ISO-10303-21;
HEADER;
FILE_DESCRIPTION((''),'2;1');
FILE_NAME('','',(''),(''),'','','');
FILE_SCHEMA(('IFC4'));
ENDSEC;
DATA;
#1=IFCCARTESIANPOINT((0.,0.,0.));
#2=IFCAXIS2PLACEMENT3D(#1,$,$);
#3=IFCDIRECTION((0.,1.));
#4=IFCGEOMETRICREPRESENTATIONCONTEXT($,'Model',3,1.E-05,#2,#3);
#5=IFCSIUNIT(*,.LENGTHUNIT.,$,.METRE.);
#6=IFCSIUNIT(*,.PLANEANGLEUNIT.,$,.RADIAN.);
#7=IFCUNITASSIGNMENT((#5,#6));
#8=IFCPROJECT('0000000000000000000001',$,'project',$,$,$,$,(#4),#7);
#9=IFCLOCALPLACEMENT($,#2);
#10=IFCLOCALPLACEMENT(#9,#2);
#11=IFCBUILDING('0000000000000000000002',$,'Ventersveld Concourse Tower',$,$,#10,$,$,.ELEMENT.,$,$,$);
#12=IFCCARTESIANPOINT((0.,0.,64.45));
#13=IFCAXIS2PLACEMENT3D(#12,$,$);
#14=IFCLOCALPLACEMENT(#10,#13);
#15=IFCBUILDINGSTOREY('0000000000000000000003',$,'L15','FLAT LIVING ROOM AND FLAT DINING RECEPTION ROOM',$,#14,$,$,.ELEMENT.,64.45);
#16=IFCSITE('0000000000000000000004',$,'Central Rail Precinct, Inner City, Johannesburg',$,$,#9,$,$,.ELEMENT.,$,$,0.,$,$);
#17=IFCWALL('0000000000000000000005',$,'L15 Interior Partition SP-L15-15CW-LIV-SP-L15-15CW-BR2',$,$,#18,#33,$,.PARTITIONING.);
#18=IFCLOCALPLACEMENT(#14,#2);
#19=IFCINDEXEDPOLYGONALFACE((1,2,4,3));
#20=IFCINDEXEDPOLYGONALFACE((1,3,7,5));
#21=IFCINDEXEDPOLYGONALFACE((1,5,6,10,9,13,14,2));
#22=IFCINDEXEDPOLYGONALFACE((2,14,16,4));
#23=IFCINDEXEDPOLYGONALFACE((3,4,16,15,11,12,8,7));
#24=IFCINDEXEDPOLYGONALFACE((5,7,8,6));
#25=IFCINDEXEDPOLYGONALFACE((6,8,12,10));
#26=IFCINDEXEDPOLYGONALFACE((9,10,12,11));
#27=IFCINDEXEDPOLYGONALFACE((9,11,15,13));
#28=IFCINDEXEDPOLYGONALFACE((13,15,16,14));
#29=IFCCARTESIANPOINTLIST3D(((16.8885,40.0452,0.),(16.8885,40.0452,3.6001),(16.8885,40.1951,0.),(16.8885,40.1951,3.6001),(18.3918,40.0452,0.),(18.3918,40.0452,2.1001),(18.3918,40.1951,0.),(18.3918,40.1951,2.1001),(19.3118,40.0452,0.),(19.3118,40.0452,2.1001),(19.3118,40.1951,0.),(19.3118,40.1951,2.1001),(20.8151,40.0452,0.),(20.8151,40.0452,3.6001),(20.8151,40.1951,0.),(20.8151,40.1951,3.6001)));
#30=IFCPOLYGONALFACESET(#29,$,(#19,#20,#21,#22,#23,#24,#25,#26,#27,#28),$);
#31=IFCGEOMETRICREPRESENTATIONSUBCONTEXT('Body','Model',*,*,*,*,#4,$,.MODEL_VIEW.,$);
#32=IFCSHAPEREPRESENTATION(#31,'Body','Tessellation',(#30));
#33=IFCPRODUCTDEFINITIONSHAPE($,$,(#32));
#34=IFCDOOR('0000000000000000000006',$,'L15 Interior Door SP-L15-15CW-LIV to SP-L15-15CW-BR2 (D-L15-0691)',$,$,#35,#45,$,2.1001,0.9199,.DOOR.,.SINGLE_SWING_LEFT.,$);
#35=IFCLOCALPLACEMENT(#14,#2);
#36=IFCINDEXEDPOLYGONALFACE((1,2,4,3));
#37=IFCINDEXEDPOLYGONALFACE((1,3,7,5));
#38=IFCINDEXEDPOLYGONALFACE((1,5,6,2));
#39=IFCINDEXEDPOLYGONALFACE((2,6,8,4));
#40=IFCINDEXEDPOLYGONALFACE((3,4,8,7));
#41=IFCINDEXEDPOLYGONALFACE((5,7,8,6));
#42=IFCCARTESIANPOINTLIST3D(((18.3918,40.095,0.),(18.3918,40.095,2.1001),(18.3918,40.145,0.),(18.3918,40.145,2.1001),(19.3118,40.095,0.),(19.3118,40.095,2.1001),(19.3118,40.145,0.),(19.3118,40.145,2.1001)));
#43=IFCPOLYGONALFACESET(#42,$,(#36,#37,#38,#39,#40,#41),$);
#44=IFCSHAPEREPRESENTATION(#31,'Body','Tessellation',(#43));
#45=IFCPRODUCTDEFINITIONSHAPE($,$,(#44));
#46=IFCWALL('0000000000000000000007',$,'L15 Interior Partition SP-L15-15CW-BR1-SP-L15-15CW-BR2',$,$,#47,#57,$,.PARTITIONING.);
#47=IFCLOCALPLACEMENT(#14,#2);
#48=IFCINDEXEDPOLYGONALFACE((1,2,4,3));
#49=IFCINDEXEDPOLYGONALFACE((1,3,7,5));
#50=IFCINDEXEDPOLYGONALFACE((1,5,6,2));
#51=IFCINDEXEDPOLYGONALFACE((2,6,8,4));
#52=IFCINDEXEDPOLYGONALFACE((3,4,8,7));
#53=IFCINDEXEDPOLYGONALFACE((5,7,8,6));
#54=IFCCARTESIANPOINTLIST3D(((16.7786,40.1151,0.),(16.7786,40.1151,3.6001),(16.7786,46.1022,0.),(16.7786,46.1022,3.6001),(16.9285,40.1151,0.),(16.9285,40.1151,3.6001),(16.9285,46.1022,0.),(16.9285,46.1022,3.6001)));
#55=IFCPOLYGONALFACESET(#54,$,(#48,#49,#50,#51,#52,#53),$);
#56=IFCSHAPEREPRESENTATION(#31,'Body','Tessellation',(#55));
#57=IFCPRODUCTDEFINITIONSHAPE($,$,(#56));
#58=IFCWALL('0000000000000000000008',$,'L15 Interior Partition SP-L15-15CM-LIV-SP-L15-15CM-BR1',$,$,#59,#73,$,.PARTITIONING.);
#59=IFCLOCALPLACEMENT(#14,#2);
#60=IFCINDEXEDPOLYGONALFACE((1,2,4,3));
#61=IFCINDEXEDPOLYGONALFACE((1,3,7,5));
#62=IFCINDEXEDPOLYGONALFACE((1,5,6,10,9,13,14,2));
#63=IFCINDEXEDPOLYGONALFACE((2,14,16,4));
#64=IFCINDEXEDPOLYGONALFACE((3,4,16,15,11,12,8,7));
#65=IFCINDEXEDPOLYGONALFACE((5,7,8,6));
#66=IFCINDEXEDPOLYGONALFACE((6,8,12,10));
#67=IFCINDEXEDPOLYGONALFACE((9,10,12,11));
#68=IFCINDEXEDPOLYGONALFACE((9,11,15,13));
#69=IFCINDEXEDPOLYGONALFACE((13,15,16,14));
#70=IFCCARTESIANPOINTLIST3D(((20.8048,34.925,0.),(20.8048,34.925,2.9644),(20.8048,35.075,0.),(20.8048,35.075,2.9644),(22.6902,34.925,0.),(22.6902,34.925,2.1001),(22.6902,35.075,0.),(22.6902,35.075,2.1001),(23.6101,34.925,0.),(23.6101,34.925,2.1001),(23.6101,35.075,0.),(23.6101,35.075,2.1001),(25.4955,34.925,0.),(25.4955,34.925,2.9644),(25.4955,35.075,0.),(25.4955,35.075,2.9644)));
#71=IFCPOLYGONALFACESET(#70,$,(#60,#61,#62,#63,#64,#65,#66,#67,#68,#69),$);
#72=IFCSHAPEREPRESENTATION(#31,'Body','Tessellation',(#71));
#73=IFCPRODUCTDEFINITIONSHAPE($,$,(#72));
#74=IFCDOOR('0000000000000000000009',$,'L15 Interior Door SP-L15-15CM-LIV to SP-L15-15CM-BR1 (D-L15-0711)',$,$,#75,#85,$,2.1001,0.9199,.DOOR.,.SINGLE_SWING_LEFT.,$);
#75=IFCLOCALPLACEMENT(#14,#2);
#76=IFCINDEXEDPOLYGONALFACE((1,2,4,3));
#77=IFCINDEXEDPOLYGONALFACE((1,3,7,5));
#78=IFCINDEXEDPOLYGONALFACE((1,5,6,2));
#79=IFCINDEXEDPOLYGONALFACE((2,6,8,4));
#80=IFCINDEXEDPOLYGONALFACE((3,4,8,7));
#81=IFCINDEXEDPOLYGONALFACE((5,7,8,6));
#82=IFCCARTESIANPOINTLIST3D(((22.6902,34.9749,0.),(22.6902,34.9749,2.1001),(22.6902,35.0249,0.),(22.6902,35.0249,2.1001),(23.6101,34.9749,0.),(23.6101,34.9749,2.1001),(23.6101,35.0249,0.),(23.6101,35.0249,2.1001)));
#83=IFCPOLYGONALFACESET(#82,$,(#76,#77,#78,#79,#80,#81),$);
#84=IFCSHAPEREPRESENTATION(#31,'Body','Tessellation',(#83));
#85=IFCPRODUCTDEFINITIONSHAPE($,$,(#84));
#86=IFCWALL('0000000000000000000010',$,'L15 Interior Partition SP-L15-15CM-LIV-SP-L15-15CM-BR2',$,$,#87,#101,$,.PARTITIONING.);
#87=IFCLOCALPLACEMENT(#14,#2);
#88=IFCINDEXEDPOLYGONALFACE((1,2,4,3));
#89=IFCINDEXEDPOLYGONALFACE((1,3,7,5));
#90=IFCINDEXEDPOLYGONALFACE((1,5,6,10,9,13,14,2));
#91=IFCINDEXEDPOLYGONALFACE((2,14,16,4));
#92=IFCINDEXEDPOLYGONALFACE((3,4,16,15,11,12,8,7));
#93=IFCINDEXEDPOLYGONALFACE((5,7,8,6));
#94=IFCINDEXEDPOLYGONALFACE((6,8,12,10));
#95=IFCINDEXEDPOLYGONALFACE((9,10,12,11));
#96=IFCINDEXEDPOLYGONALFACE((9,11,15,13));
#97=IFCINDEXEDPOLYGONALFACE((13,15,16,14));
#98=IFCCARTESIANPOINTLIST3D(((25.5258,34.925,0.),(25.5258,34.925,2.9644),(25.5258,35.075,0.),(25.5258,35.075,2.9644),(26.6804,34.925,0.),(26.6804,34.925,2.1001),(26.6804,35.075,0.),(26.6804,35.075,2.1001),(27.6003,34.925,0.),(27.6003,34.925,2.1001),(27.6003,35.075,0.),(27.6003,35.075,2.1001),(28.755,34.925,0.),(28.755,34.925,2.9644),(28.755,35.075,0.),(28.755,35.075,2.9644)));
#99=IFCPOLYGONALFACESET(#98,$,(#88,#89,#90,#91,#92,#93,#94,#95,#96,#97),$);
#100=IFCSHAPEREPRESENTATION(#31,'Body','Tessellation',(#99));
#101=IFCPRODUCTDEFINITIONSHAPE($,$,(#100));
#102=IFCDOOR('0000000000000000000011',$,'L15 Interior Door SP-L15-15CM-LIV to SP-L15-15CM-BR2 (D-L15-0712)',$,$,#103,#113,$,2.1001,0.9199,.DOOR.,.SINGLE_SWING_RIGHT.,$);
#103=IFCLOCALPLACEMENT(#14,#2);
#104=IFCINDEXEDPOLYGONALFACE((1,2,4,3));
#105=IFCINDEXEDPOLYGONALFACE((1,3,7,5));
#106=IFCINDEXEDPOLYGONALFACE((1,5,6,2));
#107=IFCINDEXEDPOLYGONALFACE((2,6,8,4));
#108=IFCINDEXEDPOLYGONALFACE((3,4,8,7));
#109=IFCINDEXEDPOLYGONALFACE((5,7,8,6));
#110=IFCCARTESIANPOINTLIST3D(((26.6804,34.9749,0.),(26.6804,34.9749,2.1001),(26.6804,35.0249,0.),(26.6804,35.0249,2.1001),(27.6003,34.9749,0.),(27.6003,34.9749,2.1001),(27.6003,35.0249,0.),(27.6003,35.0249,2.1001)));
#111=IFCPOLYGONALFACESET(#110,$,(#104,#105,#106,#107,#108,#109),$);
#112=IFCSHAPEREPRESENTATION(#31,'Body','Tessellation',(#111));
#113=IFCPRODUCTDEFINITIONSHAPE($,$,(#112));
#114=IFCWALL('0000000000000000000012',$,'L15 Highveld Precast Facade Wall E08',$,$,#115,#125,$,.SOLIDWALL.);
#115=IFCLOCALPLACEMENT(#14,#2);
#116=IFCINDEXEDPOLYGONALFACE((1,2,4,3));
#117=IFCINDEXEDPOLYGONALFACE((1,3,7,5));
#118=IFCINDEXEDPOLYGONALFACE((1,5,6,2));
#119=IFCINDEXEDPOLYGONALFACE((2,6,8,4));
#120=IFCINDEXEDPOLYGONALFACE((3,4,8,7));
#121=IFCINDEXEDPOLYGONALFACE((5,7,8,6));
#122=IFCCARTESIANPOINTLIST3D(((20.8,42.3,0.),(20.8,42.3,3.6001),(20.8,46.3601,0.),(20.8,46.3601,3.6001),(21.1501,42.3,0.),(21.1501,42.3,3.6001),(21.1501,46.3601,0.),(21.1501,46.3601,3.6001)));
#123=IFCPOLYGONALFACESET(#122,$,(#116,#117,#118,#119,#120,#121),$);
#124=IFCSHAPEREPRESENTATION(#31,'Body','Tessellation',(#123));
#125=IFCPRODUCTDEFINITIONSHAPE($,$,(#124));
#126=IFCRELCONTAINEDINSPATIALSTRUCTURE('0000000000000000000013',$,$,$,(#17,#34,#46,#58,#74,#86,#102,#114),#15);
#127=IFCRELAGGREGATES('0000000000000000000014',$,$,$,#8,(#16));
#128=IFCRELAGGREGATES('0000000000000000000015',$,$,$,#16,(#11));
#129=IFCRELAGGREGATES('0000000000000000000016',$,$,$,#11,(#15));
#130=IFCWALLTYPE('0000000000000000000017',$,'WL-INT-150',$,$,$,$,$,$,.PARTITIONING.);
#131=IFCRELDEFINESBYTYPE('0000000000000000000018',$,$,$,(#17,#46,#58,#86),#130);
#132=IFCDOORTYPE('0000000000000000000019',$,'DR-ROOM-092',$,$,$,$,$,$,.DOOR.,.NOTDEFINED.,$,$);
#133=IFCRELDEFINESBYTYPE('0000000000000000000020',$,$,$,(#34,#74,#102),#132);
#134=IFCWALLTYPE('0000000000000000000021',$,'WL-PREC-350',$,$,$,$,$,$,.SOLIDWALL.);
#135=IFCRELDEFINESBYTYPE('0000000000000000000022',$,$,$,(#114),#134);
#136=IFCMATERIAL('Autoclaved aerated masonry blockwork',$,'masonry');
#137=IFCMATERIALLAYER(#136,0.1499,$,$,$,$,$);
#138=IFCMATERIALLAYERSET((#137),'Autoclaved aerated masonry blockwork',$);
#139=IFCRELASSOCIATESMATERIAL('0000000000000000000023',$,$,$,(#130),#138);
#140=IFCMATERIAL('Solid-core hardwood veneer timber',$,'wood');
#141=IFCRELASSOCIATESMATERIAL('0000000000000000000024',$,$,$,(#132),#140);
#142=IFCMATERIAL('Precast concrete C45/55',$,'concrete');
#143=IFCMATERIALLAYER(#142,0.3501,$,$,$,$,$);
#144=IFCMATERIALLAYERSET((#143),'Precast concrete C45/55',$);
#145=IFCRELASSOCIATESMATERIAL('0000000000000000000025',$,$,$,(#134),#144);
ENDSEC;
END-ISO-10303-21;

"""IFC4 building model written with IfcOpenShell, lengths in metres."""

from ifc_helpers import new_model, si_unit, direction, frame, frame_2d, origin, place, context, subcontext, project, spatial, rectangle, extrude, material, layer, layer_set, type_object, element, fill, save


model = new_model("IFC4")

# Units and contexts
model_context = context("Model", 3, precision=1e-05, world=origin(), true_north=direction((0.0, 1.0)))
body_context = subcontext(model_context, "Body", "Model", "MODEL_VIEW")
ifc_project = project(units=[si_unit("LENGTHUNIT", "METRE"), si_unit("PLANEANGLEUNIT", "RADIAN")], contexts=[model_context])

# Site, building, storey
site_placement = place(None, origin())
site = spatial("IfcSite", under=ifc_project, at=site_placement, Name="Central Rail Precinct, Inner City, Johannesburg", CompositionType="ELEMENT", RefElevation=0.0)
building_placement = place(site_placement, origin())
building = spatial("IfcBuilding", under=site, at=building_placement, Name="Ventersveld Concourse Tower", CompositionType="ELEMENT")
storey_placement = place(building_placement, frame((0.0, 0.0, 64.45)))
storey = spatial("IfcBuildingStorey", under=building, at=storey_placement, Name="L15", Description="FLAT LIVING ROOM AND FLAT DINING RECEPTION ROOM", CompositionType="ELEMENT", Elevation=64.45)

# Shared definitions
ifc_material_1 = material(Name="Autoclaved aerated masonry blockwork", Category="masonry")
ifc_layer_1 = layer(ifc_material_1, 0.1499)
ifc_layer_set_1 = layer_set([ifc_layer_1], Name="Autoclaved aerated masonry blockwork")
wall_type_1 = type_object("IfcWallType", Name="WL-INT-150", PredefinedType="PARTITIONING", material=ifc_layer_set_1)

# Wall, opening, door
wall_1_placement = place(storey_placement, frame((16.8884, 40.1201, 0.0), z_axis=(0.0, 0.0, 1.0), x_axis=(1.0, 0.0, 0.0)))
wall_1 = element("IfcWall", 1, at=wall_1_placement, inside=storey, type_object=wall_type_1, Name="L15 Interior Partition SP-L15-15CW-LIV-SP-L15-15CW-BR2", PredefinedType="PARTITIONING", context=body_context, shape_type="SweptSolid", body=[
    extrude(rectangle(XDim=3.9265, YDim=0.1499, at=frame_2d((1.9634, 0.0))), origin(), (0.0, 0.0, 1.0), 3.6001),
])
opening_1_placement = place(wall_1_placement, frame((1.5034, 0.0, 0.0)))
opening_1 = element("IfcOpeningElement", 2, at=opening_1_placement, cuts=wall_1, PredefinedType="OPENING", context=body_context, shape_type="SweptSolid", body=[
    extrude(rectangle(XDim=0.9199, YDim=2.1001, at=frame_2d((0.46, 1.05))), frame((0.0, 0.085, 0.0), z_axis=(0.0, -1.0, 0.0), x_axis=(1.0, 0.0, 0.0)), (0.0, 0.0, 1.0), 0.1699),
])
ifc_material_2 = material(Name="Solid-core hardwood veneer timber", Category="wood")
door_type = type_object("IfcDoorType", Name="DR-ROOM-092", OperationType="NOTDEFINED", PredefinedType="DOOR", material=ifc_material_2)
door_1_placement = place(opening_1_placement, origin())
door_1 = element("IfcDoor", 3, at=door_1_placement, inside=storey, type_object=door_type, Name="L15 Interior Door SP-L15-15CW-LIV to SP-L15-15CW-BR2 (D-L15-0691)", OperationType="SINGLE_SWING_LEFT", OverallHeight=2.1001, OverallWidth=0.9199, PredefinedType="DOOR", context=body_context, shape_type="SweptSolid", body=[
    extrude(rectangle(XDim=0.9199, YDim=2.1001, at=frame_2d((0.46, 1.05))), frame((0.0, 0.0249, 0.0), z_axis=(0.0, -1.0, 0.0), x_axis=(1.0, 0.0, 0.0)), (0.0, 0.0, 1.0), 0.05),
])
fill(opening_1, door_1)

# Wall
wall_2_placement = place(storey_placement, frame((16.8535, 40.115, 0.0), z_axis=(0.0, 0.0, 1.0), x_axis=(0.0, 1.0, 0.0)))
element("IfcWall", 4, at=wall_2_placement, inside=storey, type_object=wall_type_1, Name="L15 Interior Partition SP-L15-15CW-BR1-SP-L15-15CW-BR2", PredefinedType="PARTITIONING", context=body_context, shape_type="SweptSolid", body=[
    extrude(rectangle(XDim=5.9871, YDim=0.1499, at=frame_2d((2.9937, 0.0))), origin(), (0.0, 0.0, 1.0), 3.6001),
])

# Walls, openings, doors
wall_3_placement = place(storey_placement, frame((20.8049, 35.0, 0.0), z_axis=(0.0, 0.0, 1.0), x_axis=(1.0, 0.0, 0.0)))
wall_3 = element("IfcWall", 5, at=wall_3_placement, inside=storey, type_object=wall_type_1, Name="L15 Interior Partition SP-L15-15CM-LIV-SP-L15-15CM-BR1", PredefinedType="PARTITIONING", context=body_context, shape_type="SweptSolid", body=[
    extrude(rectangle(XDim=4.6907, YDim=0.1499, at=frame_2d((2.3452, 0.0))), origin(), (0.0, 0.0, 1.0), 2.9644),
])
opening_2_placement = place(wall_3_placement, frame((1.8853, 0.0, 0.0)))
opening_2 = element("IfcOpeningElement", 6, at=opening_2_placement, cuts=wall_3, PredefinedType="OPENING", context=body_context, shape_type="SweptSolid", body=[
    extrude(rectangle(XDim=0.9199, YDim=2.1001, at=frame_2d((0.46, 1.05))), frame((0.0, 0.085, 0.0), z_axis=(0.0, -1.0, 0.0), x_axis=(1.0, 0.0, 0.0)), (0.0, 0.0, 1.0), 0.1699),
])
door_2_placement = place(opening_2_placement, origin())
door_2 = element("IfcDoor", 7, at=door_2_placement, inside=storey, type_object=door_type, Name="L15 Interior Door SP-L15-15CM-LIV to SP-L15-15CM-BR1 (D-L15-0711)", OperationType="SINGLE_SWING_LEFT", OverallHeight=2.1001, OverallWidth=0.9199, PredefinedType="DOOR", context=body_context, shape_type="SweptSolid", body=[
    extrude(rectangle(XDim=0.9199, YDim=2.1001, at=frame_2d((0.46, 1.05))), frame((0.0, 0.0249, 0.0), z_axis=(0.0, -1.0, 0.0), x_axis=(1.0, 0.0, 0.0)), (0.0, 0.0, 1.0), 0.05),
])
fill(opening_2, door_2)
wall_4_placement = place(storey_placement, frame((25.5256, 35.0, 0.0), z_axis=(0.0, 0.0, 1.0), x_axis=(1.0, 0.0, 0.0)))
wall_4 = element("IfcWall", 8, at=wall_4_placement, inside=storey, type_object=wall_type_1, Name="L15 Interior Partition SP-L15-15CM-LIV-SP-L15-15CM-BR2", PredefinedType="PARTITIONING", context=body_context, shape_type="SweptSolid", body=[
    extrude(rectangle(XDim=3.2292, YDim=0.1499, at=frame_2d((1.6147, 0.0))), origin(), (0.0, 0.0, 1.0), 2.9644),
])
opening_3_placement = place(wall_4_placement, frame((1.1548, 0.0, 0.0)))
opening_3 = element("IfcOpeningElement", 9, at=opening_3_placement, cuts=wall_4, PredefinedType="OPENING", context=body_context, shape_type="SweptSolid", body=[
    extrude(rectangle(XDim=0.9199, YDim=2.1001, at=frame_2d((0.46, 1.05))), frame((0.0, 0.085, 0.0), z_axis=(0.0, -1.0, 0.0), x_axis=(1.0, 0.0, 0.0)), (0.0, 0.0, 1.0), 0.1699),
])
door_3_placement = place(opening_3_placement, origin())
door_3 = element("IfcDoor", 10, at=door_3_placement, inside=storey, type_object=door_type, Name="L15 Interior Door SP-L15-15CM-LIV to SP-L15-15CM-BR2 (D-L15-0712)", OperationType="SINGLE_SWING_RIGHT", OverallHeight=2.1001, OverallWidth=0.9199, PredefinedType="DOOR", context=body_context, shape_type="SweptSolid", body=[
    extrude(rectangle(XDim=0.9199, YDim=2.1001, at=frame_2d((0.46, 1.05))), frame((0.0, 0.0249, 0.0), z_axis=(0.0, -1.0, 0.0), x_axis=(1.0, 0.0, 0.0)), (0.0, 0.0, 1.0), 0.05),
])
fill(opening_3, door_3)

# Wall
ifc_material_3 = material(Name="Precast concrete C45/55", Category="concrete")
ifc_layer_2 = layer(ifc_material_3, 0.3501)
ifc_layer_set_2 = layer_set([ifc_layer_2], Name="Precast concrete C45/55")
wall_type_2 = type_object("IfcWallType", Name="WL-PREC-350", PredefinedType="SOLIDWALL", material=ifc_layer_set_2)
wall_5_placement = place(storey_placement, frame((20.9751, 42.3, 0.0), z_axis=(0.0, 0.0, 1.0), x_axis=(0.0, 1.0, 0.0)))
element("IfcWall", 11, at=wall_5_placement, inside=storey, type_object=wall_type_2, Name="L15 Highveld Precast Facade Wall E08", PredefinedType="SOLIDWALL", context=body_context, shape_type="SweptSolid", body=[
    extrude(rectangle(XDim=4.0601, YDim=0.3501, at=frame_2d((2.03, 0.0))), origin(), (0.0, 0.0, 1.0), 3.6001),
])

save(model, "model.ifc")
